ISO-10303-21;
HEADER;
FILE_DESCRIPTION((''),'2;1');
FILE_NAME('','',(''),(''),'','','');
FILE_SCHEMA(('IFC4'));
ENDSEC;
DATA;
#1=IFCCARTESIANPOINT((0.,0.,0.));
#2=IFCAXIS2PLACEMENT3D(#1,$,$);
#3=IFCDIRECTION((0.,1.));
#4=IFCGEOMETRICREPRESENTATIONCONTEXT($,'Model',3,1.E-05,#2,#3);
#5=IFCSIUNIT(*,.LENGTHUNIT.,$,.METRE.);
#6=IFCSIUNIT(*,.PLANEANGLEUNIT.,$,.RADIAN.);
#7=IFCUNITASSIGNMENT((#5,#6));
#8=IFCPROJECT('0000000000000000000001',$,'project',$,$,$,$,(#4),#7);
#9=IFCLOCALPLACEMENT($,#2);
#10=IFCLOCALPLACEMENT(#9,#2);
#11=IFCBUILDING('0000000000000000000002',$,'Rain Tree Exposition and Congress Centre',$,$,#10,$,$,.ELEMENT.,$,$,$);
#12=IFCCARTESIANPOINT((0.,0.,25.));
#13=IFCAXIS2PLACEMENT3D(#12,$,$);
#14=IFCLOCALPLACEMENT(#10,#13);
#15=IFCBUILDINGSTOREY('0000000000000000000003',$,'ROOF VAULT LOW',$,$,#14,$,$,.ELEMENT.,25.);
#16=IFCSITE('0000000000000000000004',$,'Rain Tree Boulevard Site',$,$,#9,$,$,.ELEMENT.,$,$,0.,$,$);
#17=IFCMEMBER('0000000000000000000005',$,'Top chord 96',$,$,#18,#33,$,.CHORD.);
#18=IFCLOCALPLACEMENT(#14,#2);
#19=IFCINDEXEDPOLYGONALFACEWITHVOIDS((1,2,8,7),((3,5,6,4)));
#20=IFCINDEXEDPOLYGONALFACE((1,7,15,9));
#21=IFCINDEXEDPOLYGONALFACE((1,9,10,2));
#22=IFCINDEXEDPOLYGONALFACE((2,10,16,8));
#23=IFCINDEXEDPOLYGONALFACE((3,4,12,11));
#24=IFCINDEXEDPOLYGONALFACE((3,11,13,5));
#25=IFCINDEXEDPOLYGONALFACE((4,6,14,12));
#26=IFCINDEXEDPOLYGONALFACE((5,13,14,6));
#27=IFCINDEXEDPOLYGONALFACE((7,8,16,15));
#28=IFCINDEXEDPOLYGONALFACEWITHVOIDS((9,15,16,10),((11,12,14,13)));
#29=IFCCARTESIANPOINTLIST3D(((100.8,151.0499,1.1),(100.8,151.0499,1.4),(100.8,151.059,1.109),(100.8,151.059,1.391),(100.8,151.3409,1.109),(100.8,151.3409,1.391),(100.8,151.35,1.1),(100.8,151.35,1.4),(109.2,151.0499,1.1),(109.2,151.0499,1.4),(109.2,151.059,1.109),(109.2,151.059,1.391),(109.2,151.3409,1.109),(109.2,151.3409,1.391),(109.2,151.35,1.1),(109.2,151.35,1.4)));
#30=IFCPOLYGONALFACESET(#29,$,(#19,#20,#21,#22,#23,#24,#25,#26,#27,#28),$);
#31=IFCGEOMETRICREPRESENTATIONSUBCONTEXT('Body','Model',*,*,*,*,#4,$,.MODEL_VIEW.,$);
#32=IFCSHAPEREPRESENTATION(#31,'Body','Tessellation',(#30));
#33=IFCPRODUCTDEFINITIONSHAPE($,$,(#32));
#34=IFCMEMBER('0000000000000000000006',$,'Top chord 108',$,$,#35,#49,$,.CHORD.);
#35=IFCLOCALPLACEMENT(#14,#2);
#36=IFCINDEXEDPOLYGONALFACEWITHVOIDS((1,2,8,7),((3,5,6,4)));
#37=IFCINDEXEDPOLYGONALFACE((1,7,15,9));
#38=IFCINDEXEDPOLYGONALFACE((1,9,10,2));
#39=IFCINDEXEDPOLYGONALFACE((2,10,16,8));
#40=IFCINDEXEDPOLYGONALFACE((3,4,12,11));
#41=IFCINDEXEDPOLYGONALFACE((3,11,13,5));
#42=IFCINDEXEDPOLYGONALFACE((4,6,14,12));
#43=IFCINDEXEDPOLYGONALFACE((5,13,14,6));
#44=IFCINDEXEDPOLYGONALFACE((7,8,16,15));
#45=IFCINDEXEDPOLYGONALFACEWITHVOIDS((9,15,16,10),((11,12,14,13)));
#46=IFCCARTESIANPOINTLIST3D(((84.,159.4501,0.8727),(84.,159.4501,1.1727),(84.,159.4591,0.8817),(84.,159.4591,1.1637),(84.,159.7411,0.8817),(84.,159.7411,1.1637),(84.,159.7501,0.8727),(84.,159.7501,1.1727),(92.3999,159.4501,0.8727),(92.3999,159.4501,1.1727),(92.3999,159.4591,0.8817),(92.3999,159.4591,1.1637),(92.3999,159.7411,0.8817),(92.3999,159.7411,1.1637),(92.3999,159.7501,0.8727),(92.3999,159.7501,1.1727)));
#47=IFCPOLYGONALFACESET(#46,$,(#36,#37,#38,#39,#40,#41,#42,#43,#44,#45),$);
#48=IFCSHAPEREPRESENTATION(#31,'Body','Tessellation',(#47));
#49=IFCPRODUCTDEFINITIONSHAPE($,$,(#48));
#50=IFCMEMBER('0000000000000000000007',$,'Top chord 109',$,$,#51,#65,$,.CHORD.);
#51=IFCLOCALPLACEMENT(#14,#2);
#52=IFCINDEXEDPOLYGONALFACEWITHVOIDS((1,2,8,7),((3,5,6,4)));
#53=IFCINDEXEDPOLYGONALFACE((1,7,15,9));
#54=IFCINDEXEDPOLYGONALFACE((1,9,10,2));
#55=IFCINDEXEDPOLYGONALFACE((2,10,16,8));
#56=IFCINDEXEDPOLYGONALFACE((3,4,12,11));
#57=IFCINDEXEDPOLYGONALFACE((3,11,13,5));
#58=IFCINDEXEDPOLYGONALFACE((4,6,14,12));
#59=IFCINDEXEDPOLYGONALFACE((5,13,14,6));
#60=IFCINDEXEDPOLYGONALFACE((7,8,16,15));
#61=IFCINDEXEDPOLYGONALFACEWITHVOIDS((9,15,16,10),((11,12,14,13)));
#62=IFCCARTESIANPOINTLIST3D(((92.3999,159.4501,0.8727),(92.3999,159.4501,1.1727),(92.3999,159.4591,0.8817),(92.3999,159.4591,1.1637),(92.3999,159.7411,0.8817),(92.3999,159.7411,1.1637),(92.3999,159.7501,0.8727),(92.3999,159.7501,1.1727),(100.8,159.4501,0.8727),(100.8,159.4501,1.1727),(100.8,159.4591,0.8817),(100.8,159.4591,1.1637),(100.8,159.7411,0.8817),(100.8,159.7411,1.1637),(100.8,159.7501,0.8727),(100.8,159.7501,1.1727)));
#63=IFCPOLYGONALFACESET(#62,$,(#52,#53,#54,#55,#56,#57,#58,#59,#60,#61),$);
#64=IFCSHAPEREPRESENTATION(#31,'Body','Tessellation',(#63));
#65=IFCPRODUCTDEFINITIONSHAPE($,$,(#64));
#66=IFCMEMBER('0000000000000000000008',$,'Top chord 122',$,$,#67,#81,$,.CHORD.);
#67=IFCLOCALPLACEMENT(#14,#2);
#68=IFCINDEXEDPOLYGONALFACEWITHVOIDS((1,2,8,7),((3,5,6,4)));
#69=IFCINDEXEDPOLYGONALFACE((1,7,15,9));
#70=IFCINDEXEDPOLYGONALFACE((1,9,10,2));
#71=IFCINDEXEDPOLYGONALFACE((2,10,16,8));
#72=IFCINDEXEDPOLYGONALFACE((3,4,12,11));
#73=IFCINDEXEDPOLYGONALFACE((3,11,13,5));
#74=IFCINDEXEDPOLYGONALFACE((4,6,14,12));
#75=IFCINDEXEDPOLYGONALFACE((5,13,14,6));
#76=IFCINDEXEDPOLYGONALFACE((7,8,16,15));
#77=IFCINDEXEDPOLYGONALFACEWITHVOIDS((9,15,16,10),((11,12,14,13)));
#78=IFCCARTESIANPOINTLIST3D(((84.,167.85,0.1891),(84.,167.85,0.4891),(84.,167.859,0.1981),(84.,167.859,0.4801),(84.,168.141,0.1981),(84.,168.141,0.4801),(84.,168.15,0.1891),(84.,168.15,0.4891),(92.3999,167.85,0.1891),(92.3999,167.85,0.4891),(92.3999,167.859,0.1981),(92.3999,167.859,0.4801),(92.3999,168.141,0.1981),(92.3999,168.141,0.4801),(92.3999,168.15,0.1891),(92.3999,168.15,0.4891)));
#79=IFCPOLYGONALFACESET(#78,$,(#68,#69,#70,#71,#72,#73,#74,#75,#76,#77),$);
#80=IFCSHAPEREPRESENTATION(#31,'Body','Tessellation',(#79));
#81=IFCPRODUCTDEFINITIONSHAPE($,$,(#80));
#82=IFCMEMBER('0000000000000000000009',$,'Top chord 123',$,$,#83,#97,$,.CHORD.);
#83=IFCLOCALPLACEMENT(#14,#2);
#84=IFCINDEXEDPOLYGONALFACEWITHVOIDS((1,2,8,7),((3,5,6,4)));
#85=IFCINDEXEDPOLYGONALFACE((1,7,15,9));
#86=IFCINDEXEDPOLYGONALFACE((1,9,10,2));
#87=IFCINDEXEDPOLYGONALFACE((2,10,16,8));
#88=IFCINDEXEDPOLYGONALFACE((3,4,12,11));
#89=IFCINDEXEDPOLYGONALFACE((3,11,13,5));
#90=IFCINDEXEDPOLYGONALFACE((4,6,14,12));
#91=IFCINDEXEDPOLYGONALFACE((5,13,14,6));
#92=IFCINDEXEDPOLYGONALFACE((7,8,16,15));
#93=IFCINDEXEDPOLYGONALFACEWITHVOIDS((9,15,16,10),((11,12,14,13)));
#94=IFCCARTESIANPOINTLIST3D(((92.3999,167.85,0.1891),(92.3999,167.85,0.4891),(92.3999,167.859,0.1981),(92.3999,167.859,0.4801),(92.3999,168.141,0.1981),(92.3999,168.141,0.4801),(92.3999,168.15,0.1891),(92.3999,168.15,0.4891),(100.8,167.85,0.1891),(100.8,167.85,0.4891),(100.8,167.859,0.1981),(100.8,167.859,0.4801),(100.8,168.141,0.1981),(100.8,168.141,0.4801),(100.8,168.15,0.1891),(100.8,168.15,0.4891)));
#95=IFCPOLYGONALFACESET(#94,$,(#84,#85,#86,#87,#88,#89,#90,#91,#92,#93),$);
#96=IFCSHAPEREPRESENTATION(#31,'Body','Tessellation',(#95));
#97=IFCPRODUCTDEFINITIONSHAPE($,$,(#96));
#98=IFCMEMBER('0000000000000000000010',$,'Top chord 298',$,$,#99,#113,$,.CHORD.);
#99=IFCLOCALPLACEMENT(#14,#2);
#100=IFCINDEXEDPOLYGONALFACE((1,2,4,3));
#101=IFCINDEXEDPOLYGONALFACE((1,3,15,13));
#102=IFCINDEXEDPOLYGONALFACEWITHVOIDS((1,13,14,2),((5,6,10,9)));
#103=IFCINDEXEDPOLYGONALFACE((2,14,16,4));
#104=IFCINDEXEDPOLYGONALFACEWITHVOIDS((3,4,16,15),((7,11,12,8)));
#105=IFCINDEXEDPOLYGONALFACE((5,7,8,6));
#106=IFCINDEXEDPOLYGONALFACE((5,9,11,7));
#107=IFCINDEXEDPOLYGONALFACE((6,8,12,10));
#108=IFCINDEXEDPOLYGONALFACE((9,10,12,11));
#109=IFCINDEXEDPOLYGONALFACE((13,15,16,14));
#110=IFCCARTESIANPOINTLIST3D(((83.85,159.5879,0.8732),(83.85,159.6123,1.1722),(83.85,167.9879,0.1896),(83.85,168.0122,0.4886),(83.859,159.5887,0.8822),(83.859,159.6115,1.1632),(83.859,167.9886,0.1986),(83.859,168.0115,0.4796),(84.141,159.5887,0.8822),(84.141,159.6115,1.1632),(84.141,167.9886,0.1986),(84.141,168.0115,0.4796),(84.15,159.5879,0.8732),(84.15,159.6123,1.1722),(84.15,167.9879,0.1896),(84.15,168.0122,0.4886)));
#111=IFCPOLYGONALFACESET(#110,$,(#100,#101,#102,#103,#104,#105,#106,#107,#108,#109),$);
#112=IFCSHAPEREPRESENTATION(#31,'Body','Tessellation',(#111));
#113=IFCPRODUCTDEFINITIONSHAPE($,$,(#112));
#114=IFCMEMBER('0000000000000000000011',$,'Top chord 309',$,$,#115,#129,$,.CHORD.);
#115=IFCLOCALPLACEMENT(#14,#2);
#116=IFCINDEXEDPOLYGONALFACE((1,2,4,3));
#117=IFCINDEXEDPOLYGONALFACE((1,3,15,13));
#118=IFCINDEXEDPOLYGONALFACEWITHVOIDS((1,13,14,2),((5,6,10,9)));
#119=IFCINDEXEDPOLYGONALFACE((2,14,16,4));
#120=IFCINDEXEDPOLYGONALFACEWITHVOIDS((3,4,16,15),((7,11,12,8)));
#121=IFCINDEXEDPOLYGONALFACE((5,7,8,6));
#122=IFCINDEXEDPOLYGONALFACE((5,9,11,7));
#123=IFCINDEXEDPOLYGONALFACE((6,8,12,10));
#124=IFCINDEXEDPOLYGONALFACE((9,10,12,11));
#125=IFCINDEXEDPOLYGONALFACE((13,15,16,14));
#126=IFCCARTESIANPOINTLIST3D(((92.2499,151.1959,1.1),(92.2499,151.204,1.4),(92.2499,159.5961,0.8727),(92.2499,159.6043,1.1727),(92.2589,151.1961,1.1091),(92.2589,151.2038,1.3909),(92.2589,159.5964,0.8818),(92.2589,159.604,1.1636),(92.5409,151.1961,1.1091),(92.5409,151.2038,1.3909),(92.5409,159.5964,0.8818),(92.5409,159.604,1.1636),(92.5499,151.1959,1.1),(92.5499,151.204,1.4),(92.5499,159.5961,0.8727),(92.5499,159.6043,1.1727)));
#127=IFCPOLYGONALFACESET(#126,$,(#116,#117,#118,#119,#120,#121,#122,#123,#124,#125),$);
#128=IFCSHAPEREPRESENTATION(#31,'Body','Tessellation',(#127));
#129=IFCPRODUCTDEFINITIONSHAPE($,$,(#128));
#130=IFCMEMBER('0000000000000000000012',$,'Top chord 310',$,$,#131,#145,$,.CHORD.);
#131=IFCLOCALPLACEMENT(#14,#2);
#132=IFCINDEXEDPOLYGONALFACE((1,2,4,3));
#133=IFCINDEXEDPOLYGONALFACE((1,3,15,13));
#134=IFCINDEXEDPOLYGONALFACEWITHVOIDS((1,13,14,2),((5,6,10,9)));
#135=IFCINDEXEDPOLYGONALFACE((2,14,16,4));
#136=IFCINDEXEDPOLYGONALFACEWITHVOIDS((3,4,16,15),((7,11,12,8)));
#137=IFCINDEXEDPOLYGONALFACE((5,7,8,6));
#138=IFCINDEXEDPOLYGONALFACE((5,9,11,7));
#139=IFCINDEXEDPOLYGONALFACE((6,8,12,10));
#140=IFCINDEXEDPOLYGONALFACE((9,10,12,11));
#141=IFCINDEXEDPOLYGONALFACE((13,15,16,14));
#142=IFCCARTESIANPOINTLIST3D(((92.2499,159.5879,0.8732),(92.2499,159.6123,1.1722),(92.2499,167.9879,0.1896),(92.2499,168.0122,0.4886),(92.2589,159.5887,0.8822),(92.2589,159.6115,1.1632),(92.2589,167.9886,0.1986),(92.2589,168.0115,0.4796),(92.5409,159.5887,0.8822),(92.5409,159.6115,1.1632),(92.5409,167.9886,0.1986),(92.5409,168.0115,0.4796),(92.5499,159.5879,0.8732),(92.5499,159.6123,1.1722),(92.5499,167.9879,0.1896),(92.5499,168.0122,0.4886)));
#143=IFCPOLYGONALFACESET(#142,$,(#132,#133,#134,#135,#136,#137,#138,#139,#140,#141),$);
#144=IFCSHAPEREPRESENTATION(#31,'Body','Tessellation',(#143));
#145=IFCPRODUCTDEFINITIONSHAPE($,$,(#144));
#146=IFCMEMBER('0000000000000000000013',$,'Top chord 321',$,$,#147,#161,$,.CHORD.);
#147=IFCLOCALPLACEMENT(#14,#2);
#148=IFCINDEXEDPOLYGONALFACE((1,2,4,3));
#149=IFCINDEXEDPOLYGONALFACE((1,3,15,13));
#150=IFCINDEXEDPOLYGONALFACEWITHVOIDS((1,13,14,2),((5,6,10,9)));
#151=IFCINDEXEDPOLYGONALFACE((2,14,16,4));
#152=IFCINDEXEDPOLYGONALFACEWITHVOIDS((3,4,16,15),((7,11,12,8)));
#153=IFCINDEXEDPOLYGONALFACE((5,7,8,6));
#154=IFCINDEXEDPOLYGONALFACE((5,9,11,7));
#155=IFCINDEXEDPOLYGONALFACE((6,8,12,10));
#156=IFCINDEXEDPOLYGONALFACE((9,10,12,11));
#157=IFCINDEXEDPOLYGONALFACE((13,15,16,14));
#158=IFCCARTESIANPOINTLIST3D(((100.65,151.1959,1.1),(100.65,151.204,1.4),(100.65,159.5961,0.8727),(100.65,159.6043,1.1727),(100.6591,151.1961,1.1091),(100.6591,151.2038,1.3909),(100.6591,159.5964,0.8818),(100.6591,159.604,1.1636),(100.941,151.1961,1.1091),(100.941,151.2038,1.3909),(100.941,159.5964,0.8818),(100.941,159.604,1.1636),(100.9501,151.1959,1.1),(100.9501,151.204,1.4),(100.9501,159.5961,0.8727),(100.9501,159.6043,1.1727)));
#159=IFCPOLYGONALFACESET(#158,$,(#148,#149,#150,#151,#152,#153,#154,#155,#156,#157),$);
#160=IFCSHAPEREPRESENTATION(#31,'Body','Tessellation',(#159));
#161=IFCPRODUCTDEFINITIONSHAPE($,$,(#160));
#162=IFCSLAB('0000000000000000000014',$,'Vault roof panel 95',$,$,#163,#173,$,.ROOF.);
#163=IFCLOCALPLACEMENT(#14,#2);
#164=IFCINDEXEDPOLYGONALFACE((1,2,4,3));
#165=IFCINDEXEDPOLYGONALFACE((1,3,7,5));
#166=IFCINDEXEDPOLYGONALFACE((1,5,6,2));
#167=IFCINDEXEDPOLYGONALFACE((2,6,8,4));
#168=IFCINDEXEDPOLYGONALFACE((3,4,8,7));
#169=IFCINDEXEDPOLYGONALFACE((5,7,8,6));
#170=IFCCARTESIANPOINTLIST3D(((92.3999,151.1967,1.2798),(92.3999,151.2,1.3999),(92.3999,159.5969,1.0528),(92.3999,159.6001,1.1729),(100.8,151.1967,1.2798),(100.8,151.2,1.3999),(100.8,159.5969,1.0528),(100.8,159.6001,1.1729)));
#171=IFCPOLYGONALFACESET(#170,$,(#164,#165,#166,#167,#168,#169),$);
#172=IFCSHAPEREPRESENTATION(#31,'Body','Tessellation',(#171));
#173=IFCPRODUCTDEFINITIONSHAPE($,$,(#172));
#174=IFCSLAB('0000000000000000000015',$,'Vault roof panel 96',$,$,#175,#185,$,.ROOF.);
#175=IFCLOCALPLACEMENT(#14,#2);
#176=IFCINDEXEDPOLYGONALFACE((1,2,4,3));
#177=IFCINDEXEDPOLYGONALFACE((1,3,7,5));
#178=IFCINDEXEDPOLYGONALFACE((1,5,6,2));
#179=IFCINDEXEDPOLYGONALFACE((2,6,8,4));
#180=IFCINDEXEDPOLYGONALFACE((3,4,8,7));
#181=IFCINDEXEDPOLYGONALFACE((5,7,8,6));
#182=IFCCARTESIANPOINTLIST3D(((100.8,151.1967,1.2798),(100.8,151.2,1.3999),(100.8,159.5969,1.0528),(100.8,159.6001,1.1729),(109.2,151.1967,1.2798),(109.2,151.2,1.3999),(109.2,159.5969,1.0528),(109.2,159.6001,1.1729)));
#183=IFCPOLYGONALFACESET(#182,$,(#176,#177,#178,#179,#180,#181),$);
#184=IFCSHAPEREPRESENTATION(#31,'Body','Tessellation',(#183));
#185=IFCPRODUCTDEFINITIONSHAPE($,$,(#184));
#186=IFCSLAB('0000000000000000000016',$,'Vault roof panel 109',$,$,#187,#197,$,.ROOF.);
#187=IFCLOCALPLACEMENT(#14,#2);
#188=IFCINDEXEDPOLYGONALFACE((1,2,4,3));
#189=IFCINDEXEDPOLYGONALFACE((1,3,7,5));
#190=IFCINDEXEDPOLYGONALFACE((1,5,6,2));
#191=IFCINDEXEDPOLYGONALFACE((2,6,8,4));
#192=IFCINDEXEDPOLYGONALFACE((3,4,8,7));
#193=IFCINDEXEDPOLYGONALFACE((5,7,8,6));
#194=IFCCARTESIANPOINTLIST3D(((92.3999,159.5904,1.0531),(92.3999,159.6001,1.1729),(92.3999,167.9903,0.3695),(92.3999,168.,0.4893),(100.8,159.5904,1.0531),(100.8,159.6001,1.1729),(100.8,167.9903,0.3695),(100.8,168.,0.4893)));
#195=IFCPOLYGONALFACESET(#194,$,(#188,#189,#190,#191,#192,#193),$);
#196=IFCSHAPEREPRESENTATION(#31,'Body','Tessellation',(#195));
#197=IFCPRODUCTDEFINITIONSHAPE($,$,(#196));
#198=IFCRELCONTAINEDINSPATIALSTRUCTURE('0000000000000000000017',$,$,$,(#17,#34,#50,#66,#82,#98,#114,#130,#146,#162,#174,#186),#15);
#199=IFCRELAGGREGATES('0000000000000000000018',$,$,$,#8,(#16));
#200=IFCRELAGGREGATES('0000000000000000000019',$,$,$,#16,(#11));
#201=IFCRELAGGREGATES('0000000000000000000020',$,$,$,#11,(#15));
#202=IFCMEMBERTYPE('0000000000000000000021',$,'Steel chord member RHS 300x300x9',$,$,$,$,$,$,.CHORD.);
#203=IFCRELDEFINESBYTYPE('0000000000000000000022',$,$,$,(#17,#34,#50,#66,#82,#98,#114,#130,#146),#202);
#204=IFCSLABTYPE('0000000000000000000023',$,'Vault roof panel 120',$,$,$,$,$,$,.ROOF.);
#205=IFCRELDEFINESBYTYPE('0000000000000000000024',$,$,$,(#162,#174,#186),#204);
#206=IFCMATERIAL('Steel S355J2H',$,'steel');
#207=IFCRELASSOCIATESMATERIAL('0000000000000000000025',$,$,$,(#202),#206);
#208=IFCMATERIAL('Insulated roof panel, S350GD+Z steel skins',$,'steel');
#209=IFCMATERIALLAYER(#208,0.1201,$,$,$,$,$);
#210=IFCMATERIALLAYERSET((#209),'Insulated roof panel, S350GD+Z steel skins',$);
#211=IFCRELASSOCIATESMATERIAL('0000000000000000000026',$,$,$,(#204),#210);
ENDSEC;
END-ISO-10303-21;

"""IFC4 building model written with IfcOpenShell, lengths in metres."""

from ifc_helpers import new_model, si_unit, direction, frame, origin, origin_2d, place, context, subcontext, project, spatial, polyline, hollow_rectangle, outline, extrude, material, layer, layer_set, material_profile, profile_set, type_object, element, save


model = new_model("IFC4")

# Units and contexts
model_context = context("Model", 3, precision=1e-05, world=origin(), true_north=direction((0.0, 1.0)))
body_context = subcontext(model_context, "Body", "Model", "MODEL_VIEW")
ifc_project = project(units=[si_unit("LENGTHUNIT", "METRE"), si_unit("PLANEANGLEUNIT", "RADIAN")], contexts=[model_context])

# Site, building, storey
site_placement = place(None, origin())
site = spatial("IfcSite", under=ifc_project, at=site_placement, Name="Rain Tree Boulevard Site", CompositionType="ELEMENT", RefElevation=0.0)
building_placement = place(site_placement, origin())
building = spatial("IfcBuilding", under=site, at=building_placement, Name="Rain Tree Exposition and Congress Centre", CompositionType="ELEMENT")
storey_placement = place(building_placement, frame((0.0, 0.0, 25.0)))
storey = spatial("IfcBuildingStorey", under=building, at=storey_placement, Name="ROOF VAULT LOW", CompositionType="ELEMENT", Elevation=25.0)

# Members
ifc_material_1 = material(Name="Steel S355J2H", Category="steel")
ifc_material_profile_1 = material_profile(ifc_material_1, hollow_rectangle(XDim=0.3, YDim=0.3, WallThickness=0.009, at=origin_2d()), Name="RHS 300x300x9")
ifc_profile_set_1 = profile_set([ifc_material_profile_1], Name="Steel S355J2H")
member_type = type_object("IfcMemberType", Name="Steel chord member RHS 300x300x9", PredefinedType="CHORD", material=ifc_profile_set_1)
for number, where, z_axis, x_axis, name in (
    (1, (100.8, 151.2, 1.25), (1.0, 0.0, 0.0), (0.0, 1.0, 0.0), "Top chord 96"),
    (2, (84.0, 159.6001, 1.0227), (1.0, 0.0, 0.0), (0.0, 1.0, 0.0), "Top chord 108"),
):
    element("IfcMember", number, at=place(storey_placement, frame(where, z_axis=z_axis, x_axis=x_axis)), inside=storey, type_object=member_type, Name=name, PredefinedType="CHORD", context=body_context, shape_type="SweptSolid", body=[
        extrude(hollow_rectangle(XDim=0.3, YDim=0.3, WallThickness=0.009, at=origin_2d()), origin(), (0.0, 0.0, 1.0), 8.3999),
    ])
member_1_placement = place(storey_placement, frame((92.3999, 159.6001, 1.0227), z_axis=(1.0, 0.0, 0.0), x_axis=(0.0, 1.0, 0.0)))
element("IfcMember", 3, at=member_1_placement, inside=storey, type_object=member_type, Name="Top chord 109", PredefinedType="CHORD", context=body_context, shape_type="SweptSolid", body=[
    extrude(hollow_rectangle(XDim=0.3, YDim=0.3, WallThickness=0.009, at=origin_2d()), origin(), (0.0, 0.0, 1.0), 8.4001),
])
member_2_placement = place(storey_placement, frame((84.0, 168.0, 0.3391), z_axis=(1.0, 0.0, 0.0), x_axis=(0.0, 1.0, 0.0)))
element("IfcMember", 4, at=member_2_placement, inside=storey, type_object=member_type, Name="Top chord 122", PredefinedType="CHORD", context=body_context, shape_type="SweptSolid", body=[
    extrude(hollow_rectangle(XDim=0.3, YDim=0.3, WallThickness=0.009, at=origin_2d()), origin(), (0.0, 0.0, 1.0), 8.3999),
])
member_3_placement = place(storey_placement, frame((92.3999, 168.0, 0.3391), z_axis=(1.0, 0.0, 0.0), x_axis=(0.0, 1.0, 0.0)))
element("IfcMember", 5, at=member_3_placement, inside=storey, type_object=member_type, Name="Top chord 123", PredefinedType="CHORD", context=body_context, shape_type="SweptSolid", body=[
    extrude(hollow_rectangle(XDim=0.3, YDim=0.3, WallThickness=0.009, at=origin_2d()), origin(), (0.0, 0.0, 1.0), 8.4001),
])
member_4_placement = place(storey_placement, frame((84.0, 159.6001, 1.0227), z_axis=(0.0, 0.996705, -0.081113), x_axis=(-1.0, 0.0, 0.0)))
element("IfcMember", 6, at=member_4_placement, inside=storey, type_object=member_type, Name="Top chord 298", PredefinedType="CHORD", context=body_context, shape_type="SweptSolid", body=[
    extrude(hollow_rectangle(XDim=0.3, YDim=0.3, WallThickness=0.009, at=origin_2d()), origin(), (0.0, 0.0, 1.0), 8.4277),
])
member_5_placement = place(storey_placement, frame((92.3999, 151.2, 1.25), z_axis=(0.0, 0.999634, -0.027049), x_axis=(-1.0, 0.0, 0.0)))
element("IfcMember", 7, at=member_5_placement, inside=storey, type_object=member_type, Name="Top chord 309", PredefinedType="CHORD", context=body_context, shape_type="SweptSolid", body=[
    extrude(hollow_rectangle(XDim=0.3, YDim=0.3, WallThickness=0.009, at=origin_2d()), origin(), (0.0, 0.0, 1.0), 8.4033),
])
member_6_placement = place(storey_placement, frame((92.3999, 159.6001, 1.0227), z_axis=(0.0, 0.996705, -0.081113), x_axis=(-1.0, 0.0, 0.0)))
element("IfcMember", 8, at=member_6_placement, inside=storey, type_object=member_type, Name="Top chord 310", PredefinedType="CHORD", context=body_context, shape_type="SweptSolid", body=[
    extrude(hollow_rectangle(XDim=0.3, YDim=0.3, WallThickness=0.009, at=origin_2d()), origin(), (0.0, 0.0, 1.0), 8.4277),
])
member_7_placement = place(storey_placement, frame((100.8, 151.2, 1.25), z_axis=(0.0, 0.999634, -0.027049), x_axis=(-1.0, 0.0, 0.0)))
element("IfcMember", 9, at=member_7_placement, inside=storey, type_object=member_type, Name="Top chord 321", PredefinedType="CHORD", context=body_context, shape_type="SweptSolid", body=[
    extrude(hollow_rectangle(XDim=0.3, YDim=0.3, WallThickness=0.009, at=origin_2d()), origin(), (0.0, 0.0, 1.0), 8.4033),
])

# Slabs
ifc_material_2 = material(Name="Insulated roof panel, S350GD+Z steel skins", Category="steel")
ifc_layer_1 = layer(ifc_material_2, 0.1201)
ifc_layer_set_1 = layer_set([ifc_layer_1], Name="Insulated roof panel, S350GD+Z steel skins")
slab_type_1 = type_object("IfcSlabType", Name="Vault roof panel 120", PredefinedType="ROOF", material=ifc_layer_set_1)
slab_1_placement = place(storey_placement, frame((92.3999, 151.2, 1.3999), z_axis=(0.0, 0.02702, 0.999635), x_axis=(1.0, 0.0, 0.0)))
element("IfcSlab", 10, at=slab_1_placement, inside=storey, type_object=slab_type_1, Name="Vault roof panel 95", PredefinedType="ROOF", context=body_context, shape_type="SweptSolid", body=[
    extrude(outline(polyline([(0.0, 0.0), (8.4001, 0.0), (8.4001, 8.4032), (0.0, 8.4032), (0.0, 0.0)])), origin(), (0.0, 0.0, -1.0), 0.1201),
])
slab_2_placement = place(storey_placement, frame((100.8, 151.2, 1.3999), z_axis=(0.0, 0.02702, 0.999635), x_axis=(1.0, 0.0, 0.0)))
element("IfcSlab", 11, at=slab_2_placement, inside=storey, type_object=slab_type_1, Name="Vault roof panel 96", PredefinedType="ROOF", context=body_context, shape_type="SweptSolid", body=[
    extrude(outline(polyline([(0.0, 0.0), (8.3999, 0.0), (8.3999, 8.4032), (0.0, 8.4032), (0.0, 0.0)])), origin(), (0.0, 0.0, -1.0), 0.1201),
])
slab_3_placement = place(storey_placement, frame((92.3999, 159.6001, 1.1729), z_axis=(0.0, 0.081113, 0.996705), x_axis=(1.0, 0.0, 0.0)))
element("IfcSlab", 12, at=slab_3_placement, inside=storey, type_object=slab_type_1, Name="Vault roof panel 109", PredefinedType="ROOF", context=body_context, shape_type="SweptSolid", body=[
    extrude(outline(polyline([(0.0, 0.0), (8.4001, 0.0), (8.4001, 8.4277), (0.0, 8.4277), (0.0, 0.0)])), origin(), (0.0, 0.0, -1.0), 0.1201),
])

save(model, "model.ifc")
